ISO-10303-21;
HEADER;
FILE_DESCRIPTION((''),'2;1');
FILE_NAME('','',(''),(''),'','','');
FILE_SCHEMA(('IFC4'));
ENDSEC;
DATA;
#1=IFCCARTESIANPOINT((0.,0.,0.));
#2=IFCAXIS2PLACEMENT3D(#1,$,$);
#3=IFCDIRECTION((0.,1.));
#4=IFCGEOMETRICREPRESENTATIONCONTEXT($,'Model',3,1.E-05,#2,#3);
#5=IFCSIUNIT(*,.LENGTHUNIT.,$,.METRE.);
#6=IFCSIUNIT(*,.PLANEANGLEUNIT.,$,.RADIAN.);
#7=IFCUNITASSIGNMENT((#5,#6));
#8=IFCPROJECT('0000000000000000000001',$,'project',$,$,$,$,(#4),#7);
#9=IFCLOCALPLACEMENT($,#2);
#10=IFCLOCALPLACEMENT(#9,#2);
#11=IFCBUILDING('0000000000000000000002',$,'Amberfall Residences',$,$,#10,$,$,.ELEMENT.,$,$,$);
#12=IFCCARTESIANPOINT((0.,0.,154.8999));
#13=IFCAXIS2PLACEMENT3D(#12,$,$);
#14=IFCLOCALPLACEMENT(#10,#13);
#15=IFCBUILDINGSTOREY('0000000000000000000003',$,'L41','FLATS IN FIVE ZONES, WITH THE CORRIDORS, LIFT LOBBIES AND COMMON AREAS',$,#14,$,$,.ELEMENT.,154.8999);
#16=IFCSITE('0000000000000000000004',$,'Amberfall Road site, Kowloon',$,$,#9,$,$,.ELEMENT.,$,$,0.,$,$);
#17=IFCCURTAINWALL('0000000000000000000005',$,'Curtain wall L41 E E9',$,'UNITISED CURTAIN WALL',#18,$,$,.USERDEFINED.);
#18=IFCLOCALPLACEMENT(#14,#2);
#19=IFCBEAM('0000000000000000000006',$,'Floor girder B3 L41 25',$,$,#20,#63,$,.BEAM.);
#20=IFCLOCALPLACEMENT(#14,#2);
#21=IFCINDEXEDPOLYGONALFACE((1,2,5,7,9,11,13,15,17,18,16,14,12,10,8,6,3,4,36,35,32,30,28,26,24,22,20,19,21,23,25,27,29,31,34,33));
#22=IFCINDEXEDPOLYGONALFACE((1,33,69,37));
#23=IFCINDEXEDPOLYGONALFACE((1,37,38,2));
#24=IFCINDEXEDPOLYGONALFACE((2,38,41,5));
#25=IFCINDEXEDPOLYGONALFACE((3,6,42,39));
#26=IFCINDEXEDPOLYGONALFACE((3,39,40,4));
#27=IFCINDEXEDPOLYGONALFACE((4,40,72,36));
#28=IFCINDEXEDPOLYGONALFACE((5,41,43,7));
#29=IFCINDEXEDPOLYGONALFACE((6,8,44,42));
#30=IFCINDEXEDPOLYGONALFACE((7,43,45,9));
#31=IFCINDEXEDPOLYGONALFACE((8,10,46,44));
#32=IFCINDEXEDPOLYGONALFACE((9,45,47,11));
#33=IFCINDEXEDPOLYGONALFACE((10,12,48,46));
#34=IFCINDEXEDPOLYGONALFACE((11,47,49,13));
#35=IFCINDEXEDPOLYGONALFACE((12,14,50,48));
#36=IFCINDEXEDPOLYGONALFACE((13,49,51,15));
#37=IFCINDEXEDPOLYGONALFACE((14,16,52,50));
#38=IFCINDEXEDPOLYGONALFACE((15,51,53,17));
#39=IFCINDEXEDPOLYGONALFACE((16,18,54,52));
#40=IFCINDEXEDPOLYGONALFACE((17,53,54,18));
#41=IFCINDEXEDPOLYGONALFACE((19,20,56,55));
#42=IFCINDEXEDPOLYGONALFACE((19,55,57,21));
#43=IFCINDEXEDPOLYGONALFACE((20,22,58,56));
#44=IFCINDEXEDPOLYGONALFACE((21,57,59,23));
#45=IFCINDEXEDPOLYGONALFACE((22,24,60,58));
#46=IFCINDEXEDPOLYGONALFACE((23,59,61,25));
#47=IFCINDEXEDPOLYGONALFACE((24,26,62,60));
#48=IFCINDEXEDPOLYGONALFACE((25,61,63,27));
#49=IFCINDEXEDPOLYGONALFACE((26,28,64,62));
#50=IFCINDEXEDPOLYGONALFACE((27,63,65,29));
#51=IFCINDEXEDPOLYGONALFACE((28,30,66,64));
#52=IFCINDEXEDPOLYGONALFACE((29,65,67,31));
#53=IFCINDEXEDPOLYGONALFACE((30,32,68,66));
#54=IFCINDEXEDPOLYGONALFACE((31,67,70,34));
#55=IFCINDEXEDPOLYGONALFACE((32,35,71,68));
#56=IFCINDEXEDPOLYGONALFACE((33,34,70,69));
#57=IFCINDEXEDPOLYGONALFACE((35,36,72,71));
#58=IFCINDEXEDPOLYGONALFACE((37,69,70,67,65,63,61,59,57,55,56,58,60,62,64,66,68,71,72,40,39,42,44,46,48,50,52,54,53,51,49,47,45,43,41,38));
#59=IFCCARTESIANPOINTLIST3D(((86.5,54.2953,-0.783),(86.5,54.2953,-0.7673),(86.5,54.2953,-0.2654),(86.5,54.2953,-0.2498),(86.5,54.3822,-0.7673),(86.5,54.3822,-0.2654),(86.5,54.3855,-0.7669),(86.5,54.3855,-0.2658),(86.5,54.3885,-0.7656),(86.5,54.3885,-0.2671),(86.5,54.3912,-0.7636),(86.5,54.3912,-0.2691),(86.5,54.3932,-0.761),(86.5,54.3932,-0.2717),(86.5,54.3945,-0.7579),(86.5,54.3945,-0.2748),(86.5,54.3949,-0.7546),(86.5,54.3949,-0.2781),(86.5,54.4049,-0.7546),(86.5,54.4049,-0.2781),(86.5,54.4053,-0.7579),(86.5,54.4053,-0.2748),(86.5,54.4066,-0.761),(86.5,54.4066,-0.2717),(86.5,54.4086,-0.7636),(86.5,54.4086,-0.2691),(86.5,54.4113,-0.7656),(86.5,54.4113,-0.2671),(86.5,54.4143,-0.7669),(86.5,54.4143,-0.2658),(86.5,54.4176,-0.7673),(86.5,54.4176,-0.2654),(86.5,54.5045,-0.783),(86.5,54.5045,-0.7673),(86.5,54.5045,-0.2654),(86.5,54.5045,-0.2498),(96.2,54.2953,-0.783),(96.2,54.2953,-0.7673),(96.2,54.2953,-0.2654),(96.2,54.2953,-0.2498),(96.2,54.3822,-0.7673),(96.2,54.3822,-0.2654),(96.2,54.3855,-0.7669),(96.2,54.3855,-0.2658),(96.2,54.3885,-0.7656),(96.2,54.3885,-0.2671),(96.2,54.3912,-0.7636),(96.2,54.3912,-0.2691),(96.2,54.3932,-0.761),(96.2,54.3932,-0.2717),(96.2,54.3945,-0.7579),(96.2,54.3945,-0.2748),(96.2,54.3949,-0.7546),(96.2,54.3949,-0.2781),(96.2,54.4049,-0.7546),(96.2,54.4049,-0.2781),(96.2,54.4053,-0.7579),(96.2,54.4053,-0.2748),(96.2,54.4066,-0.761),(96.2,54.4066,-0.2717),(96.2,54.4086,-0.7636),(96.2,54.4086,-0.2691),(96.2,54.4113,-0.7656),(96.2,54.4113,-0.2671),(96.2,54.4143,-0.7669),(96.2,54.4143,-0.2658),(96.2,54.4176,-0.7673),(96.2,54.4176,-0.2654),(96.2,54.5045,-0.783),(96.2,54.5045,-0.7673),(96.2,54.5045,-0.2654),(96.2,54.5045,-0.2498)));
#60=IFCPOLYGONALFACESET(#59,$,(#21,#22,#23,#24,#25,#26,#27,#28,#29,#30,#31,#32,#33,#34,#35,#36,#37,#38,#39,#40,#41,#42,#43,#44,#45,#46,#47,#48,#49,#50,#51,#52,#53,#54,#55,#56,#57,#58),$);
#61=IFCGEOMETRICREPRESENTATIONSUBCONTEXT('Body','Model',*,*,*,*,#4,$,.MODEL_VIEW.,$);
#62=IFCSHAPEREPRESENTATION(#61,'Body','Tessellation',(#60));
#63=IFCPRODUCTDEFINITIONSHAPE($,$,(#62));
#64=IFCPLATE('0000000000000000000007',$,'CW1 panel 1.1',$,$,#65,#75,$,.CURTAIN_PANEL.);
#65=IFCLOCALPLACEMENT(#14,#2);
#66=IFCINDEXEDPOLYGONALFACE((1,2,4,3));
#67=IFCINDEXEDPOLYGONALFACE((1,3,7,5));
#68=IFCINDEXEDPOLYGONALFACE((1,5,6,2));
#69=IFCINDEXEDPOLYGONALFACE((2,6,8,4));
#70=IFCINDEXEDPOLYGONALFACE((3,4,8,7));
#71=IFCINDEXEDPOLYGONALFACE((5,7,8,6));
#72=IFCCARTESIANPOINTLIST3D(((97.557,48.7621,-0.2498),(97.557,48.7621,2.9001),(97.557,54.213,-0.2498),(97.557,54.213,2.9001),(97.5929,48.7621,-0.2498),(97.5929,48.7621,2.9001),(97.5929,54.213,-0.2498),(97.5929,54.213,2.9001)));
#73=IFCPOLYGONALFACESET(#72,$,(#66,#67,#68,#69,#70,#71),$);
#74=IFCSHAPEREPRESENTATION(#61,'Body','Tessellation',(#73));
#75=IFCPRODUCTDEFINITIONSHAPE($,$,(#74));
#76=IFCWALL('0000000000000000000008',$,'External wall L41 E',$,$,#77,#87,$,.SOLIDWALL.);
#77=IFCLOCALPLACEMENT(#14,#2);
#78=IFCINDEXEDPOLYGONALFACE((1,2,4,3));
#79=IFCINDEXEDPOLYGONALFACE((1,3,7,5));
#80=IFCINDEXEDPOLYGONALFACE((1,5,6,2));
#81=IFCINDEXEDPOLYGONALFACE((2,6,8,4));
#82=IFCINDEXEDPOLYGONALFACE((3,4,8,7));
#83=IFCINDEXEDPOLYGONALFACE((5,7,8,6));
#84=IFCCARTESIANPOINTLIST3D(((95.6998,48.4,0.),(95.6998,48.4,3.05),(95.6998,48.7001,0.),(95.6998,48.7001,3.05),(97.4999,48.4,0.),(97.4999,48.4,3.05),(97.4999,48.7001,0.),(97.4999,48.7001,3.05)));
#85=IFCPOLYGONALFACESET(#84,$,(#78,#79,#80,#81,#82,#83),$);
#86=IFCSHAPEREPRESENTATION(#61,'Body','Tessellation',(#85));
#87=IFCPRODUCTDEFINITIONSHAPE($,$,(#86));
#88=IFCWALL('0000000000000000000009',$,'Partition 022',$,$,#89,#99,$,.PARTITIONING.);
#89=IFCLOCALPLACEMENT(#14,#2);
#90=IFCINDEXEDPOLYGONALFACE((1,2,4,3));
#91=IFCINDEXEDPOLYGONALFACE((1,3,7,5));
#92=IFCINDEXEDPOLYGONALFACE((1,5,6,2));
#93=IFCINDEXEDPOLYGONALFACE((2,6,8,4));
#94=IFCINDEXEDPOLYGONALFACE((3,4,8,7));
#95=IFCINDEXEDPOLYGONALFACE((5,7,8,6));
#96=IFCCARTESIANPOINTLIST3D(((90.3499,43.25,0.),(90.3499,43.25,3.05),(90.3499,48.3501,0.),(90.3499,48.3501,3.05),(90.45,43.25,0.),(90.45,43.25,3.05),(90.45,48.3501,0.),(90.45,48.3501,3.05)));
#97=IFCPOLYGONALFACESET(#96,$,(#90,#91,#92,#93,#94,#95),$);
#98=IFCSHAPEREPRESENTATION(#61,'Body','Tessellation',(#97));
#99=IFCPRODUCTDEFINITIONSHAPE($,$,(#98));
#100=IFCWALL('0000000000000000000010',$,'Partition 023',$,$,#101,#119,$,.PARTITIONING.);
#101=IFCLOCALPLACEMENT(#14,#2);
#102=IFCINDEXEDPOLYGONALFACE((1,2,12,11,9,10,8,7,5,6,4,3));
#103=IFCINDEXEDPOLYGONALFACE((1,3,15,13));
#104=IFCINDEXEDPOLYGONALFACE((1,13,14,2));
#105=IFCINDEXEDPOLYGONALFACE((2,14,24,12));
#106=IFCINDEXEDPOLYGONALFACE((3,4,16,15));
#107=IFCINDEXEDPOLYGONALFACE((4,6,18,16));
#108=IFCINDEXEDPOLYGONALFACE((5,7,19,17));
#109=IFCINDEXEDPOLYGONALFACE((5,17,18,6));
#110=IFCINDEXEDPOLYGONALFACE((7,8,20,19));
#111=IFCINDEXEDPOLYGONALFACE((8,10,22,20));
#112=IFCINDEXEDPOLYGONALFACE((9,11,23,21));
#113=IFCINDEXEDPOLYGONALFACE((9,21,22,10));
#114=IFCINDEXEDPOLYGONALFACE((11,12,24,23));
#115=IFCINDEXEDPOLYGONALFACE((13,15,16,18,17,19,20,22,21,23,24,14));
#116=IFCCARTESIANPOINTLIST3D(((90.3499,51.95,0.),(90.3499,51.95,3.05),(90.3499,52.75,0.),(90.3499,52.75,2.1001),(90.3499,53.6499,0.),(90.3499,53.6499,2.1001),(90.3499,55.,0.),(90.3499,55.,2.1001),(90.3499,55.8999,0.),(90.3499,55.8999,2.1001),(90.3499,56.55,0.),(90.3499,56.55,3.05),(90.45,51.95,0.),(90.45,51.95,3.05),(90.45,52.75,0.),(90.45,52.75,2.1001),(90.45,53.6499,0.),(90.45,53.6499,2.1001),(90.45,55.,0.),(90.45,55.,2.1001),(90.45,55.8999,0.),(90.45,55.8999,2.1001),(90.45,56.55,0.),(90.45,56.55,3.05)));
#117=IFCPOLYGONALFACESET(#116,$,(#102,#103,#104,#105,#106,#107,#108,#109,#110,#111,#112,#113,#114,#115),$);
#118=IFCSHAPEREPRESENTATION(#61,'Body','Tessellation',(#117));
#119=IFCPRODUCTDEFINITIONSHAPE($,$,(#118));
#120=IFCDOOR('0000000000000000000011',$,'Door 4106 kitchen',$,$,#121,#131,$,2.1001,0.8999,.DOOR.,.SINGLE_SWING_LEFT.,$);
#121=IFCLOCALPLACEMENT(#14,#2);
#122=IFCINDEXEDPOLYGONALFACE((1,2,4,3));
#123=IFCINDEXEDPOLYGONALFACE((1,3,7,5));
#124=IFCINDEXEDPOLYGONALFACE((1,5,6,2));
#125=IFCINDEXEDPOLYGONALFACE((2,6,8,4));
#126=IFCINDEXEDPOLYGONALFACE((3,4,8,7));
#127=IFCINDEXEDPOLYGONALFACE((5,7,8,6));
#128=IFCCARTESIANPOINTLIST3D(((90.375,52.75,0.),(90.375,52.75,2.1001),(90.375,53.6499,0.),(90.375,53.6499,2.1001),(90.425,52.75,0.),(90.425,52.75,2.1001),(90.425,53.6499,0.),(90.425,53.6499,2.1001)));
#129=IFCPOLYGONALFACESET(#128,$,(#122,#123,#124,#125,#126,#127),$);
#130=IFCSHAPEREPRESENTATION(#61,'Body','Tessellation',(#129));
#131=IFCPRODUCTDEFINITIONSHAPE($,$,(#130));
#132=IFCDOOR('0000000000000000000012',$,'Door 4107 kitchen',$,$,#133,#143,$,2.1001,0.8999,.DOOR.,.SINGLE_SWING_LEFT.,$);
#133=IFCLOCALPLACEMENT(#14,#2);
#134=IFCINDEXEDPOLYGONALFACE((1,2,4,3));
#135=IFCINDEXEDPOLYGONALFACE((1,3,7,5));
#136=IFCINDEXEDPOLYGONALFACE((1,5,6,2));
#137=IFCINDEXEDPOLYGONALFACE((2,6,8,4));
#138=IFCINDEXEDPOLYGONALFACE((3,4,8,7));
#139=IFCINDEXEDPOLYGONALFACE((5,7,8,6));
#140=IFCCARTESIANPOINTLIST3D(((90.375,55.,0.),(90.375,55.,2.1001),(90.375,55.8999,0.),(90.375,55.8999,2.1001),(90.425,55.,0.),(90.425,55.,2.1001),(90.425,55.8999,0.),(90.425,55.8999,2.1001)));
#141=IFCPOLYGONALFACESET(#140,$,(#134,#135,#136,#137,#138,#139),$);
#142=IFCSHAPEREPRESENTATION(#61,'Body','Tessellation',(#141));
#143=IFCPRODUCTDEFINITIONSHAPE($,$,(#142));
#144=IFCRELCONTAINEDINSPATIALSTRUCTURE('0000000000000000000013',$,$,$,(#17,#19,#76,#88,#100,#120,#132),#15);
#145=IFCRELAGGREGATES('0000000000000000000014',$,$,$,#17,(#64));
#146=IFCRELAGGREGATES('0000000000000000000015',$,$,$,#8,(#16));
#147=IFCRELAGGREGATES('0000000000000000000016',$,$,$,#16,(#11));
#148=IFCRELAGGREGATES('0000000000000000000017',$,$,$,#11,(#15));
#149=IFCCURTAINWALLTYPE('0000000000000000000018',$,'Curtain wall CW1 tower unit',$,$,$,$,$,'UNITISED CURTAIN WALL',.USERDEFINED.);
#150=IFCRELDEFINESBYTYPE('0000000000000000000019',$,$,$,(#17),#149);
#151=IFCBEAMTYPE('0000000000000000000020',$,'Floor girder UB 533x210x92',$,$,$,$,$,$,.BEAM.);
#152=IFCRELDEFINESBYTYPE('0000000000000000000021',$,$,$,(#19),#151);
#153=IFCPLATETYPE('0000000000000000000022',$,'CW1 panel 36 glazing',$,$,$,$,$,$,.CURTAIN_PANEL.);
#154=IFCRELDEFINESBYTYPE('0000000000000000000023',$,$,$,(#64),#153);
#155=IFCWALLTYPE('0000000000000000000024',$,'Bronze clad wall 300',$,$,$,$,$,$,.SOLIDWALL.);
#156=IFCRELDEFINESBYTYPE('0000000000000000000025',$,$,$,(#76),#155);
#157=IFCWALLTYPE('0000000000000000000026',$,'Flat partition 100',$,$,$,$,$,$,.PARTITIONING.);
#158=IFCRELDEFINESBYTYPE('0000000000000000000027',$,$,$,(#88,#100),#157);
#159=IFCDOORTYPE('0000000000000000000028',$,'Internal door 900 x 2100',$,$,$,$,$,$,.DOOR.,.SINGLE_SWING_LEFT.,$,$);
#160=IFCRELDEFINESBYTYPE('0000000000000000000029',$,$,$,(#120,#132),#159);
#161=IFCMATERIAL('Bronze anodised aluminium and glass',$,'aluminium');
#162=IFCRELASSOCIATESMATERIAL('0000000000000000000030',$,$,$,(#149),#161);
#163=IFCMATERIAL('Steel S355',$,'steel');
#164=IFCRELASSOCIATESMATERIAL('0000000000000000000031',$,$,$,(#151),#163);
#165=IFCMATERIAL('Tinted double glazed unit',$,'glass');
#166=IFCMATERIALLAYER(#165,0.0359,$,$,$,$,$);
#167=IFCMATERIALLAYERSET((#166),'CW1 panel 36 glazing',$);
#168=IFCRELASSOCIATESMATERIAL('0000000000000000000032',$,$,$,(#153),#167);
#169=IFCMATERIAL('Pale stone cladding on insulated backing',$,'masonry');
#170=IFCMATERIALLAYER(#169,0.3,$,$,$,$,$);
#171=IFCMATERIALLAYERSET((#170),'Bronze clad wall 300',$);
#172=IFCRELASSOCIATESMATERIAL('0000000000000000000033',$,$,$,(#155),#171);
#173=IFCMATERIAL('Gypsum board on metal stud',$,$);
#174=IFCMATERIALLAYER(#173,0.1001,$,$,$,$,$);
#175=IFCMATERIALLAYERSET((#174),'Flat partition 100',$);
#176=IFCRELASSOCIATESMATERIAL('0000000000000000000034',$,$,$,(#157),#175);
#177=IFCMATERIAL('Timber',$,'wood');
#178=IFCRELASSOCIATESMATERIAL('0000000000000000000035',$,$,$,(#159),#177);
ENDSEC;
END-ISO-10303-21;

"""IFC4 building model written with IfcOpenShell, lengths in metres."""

from ifc_helpers import new_model, si_unit, direction, frame, frame_2d, origin, origin_2d, place, context, subcontext, project, spatial, rectangle, i_section, extrude, material, layer, layer_set, material_profile, profile_set, type_object, element, fill, aggregate, save


model = new_model("IFC4")

# Units and contexts
model_context = context("Model", 3, precision=1e-05, world=origin(), true_north=direction((0.0, 1.0)))
body_context = subcontext(model_context, "Body", "Model", "MODEL_VIEW")
ifc_project = project(units=[si_unit("LENGTHUNIT", "METRE"), si_unit("PLANEANGLEUNIT", "RADIAN")], contexts=[model_context])

# Site, building, storey
site_placement = place(None, origin())
site = spatial("IfcSite", under=ifc_project, at=site_placement, Name="Amberfall Road site, Kowloon", CompositionType="ELEMENT", RefElevation=0.0)
building_placement = place(site_placement, origin())
building = spatial("IfcBuilding", under=site, at=building_placement, Name="Amberfall Residences", CompositionType="ELEMENT")
storey_placement = place(building_placement, frame((0.0, 0.0, 154.8999)))
storey = spatial("IfcBuildingStorey", under=building, at=storey_placement, Name="L41", Description="FLATS IN FIVE ZONES, WITH THE CORRIDORS, LIFT LOBBIES AND COMMON AREAS", CompositionType="ELEMENT", Elevation=154.8999)

# Curtain wall
ifc_material_1 = material(Name="Bronze anodised aluminium and glass", Category="aluminium")
curtain_wall_type = type_object("IfcCurtainWallType", Name="Curtain wall CW1 tower unit", ElementType="UNITISED CURTAIN WALL", PredefinedType="USERDEFINED", material=ifc_material_1)
curtain_wall_placement = place(storey_placement, origin())
curtain_wall = element("IfcCurtainWall", 1, at=curtain_wall_placement, inside=storey, type_object=curtain_wall_type, Name="Curtain wall L41 E E9", ObjectType="UNITISED CURTAIN WALL", PredefinedType="USERDEFINED")

# Shared definitions
ifc_material_2 = material(Name="Steel S355", Category="steel")

# Beam
ifc_material_profile_1 = material_profile(ifc_material_2, i_section(OverallWidth=0.2092, OverallDepth=0.5332, WebThickness=0.01, FlangeThickness=0.0156, FilletRadius=0.0127, at=origin_2d()), Name="UB 533x210x92")
ifc_profile_set_1 = profile_set([ifc_material_profile_1], Name="Steel S355")
beam_type_1 = type_object("IfcBeamType", Name="Floor girder UB 533x210x92", PredefinedType="BEAM", material=ifc_profile_set_1)
beam_1_placement = place(storey_placement, frame((96.2, 54.3999, -0.5164), z_axis=(-1.0, 0.0, 0.0), x_axis=(0.0, -1.0, 0.0)))
element("IfcBeam", 2, at=beam_1_placement, inside=storey, type_object=beam_type_1, Name="Floor girder B3 L41 25", PredefinedType="BEAM", context=body_context, shape_type="SweptSolid", body=[
    extrude(i_section(OverallWidth=0.2092, OverallDepth=0.5332, WebThickness=0.01, FlangeThickness=0.0156, FilletRadius=0.0127, at=origin_2d()), origin(), (0.0, 0.0, 1.0), 9.7),
])

# Plate
ifc_material_3 = material(Name="Tinted double glazed unit", Category="glass")
ifc_layer_1 = layer(ifc_material_3, 0.0359)
ifc_layer_set_1 = layer_set([ifc_layer_1], Name="CW1 panel 36 glazing")
plate_type = type_object("IfcPlateType", Name="CW1 panel 36 glazing", PredefinedType="CURTAIN_PANEL", material=ifc_layer_set_1)
plate_placement = place(storey_placement, frame((97.575, 51.4875, -0.2498), z_axis=(0.0, 0.0, 1.0), x_axis=(0.0, 1.0, 0.0)))
plate = element("IfcPlate", 3, at=plate_placement, type_object=plate_type, Name="CW1 panel 1.1", PredefinedType="CURTAIN_PANEL", context=body_context, shape_type="SweptSolid", body=[
    extrude(rectangle(XDim=5.4509, YDim=0.0359, at=origin_2d()), origin(), (0.0, 0.0, 1.0), 3.1499),
])
aggregate(curtain_wall, [plate])

# Walls
ifc_material_4 = material(Name="Pale stone cladding on insulated backing", Category="masonry")
ifc_layer_2 = layer(ifc_material_4, 0.3)
ifc_layer_set_2 = layer_set([ifc_layer_2], Name="Bronze clad wall 300")
wall_type_1 = type_object("IfcWallType", Name="Bronze clad wall 300", PredefinedType="SOLIDWALL", material=ifc_layer_set_2)
wall_1_placement = place(storey_placement, frame((95.7, 48.55, 0.0), z_axis=(0.0, 0.0, 1.0), x_axis=(1.0, 0.0, 0.0)))
element("IfcWall", 4, at=wall_1_placement, inside=storey, type_object=wall_type_1, Name="External wall L41 E", PredefinedType="SOLIDWALL", context=body_context, shape_type="SweptSolid", body=[
    extrude(rectangle(XDim=1.8, YDim=0.3, at=frame_2d((0.8999, 0.0))), origin(), (0.0, 0.0, 1.0), 3.05),
])
ifc_material_5 = material(Name="Gypsum board on metal stud")
ifc_layer_3 = layer(ifc_material_5, 0.1001)
ifc_layer_set_3 = layer_set([ifc_layer_3], Name="Flat partition 100")
wall_type_2 = type_object("IfcWallType", Name="Flat partition 100", PredefinedType="PARTITIONING", material=ifc_layer_set_3)
wall_2_placement = place(storey_placement, frame((90.3999, 43.25, 0.0), z_axis=(0.0, 0.0, 1.0), x_axis=(0.0, 1.0, 0.0)))
element("IfcWall", 5, at=wall_2_placement, inside=storey, type_object=wall_type_2, Name="Partition 022", PredefinedType="PARTITIONING", context=body_context, shape_type="SweptSolid", body=[
    extrude(rectangle(XDim=5.1001, YDim=0.1001, at=frame_2d((2.55, 0.0))), origin(), (0.0, 0.0, 1.0), 3.05),
])

# Wall, openings, doors
wall_3_placement = place(storey_placement, frame((90.3999, 51.95, 0.0), z_axis=(0.0, 0.0, 1.0), x_axis=(0.0, 1.0, 0.0)))
wall_3 = element("IfcWall", 6, at=wall_3_placement, inside=storey, type_object=wall_type_2, Name="Partition 023", PredefinedType="PARTITIONING", context=body_context, shape_type="SweptSolid", body=[
    extrude(rectangle(XDim=4.6001, YDim=0.1001, at=frame_2d((2.3, 0.0))), origin(), (0.0, 0.0, 1.0), 3.05),
])
opening_1_placement = place(wall_3_placement, frame((0.8, 0.0, 0.0)))
opening_1 = element("IfcOpeningElement", 7, at=opening_1_placement, cuts=wall_3, PredefinedType="OPENING", context=body_context, shape_type="SweptSolid", body=[
    extrude(rectangle(XDim=0.8999, YDim=2.1001, at=frame_2d((0.45, 1.05))), frame((0.0, 0.0601, 0.0), z_axis=(0.0, -1.0, 0.0), x_axis=(1.0, 0.0, 0.0)), (0.0, 0.0, 1.0), 0.1201),
])
opening_2_placement = place(wall_3_placement, frame((3.05, 0.0, 0.0)))
opening_2 = element("IfcOpeningElement", 8, at=opening_2_placement, cuts=wall_3, PredefinedType="OPENING", context=body_context, shape_type="SweptSolid", body=[
    extrude(rectangle(XDim=0.8999, YDim=2.1001, at=frame_2d((0.45, 1.05))), frame((0.0, 0.0601, 0.0), z_axis=(0.0, -1.0, 0.0), x_axis=(1.0, 0.0, 0.0)), (0.0, 0.0, 1.0), 0.1201),
])
ifc_material_6 = material(Name="Timber", Category="wood")
door_type_1 = type_object("IfcDoorType", Name="Internal door 900 x 2100", OperationType="SINGLE_SWING_LEFT", PredefinedType="DOOR", material=ifc_material_6)
door_1_placement = place(opening_1_placement, origin())
door_1 = element("IfcDoor", 9, at=door_1_placement, inside=storey, type_object=door_type_1, Name="Door 4106 kitchen", OperationType="SINGLE_SWING_LEFT", OverallHeight=2.1001, OverallWidth=0.8999, PredefinedType="DOOR", context=body_context, shape_type="SweptSolid", body=[
    extrude(rectangle(XDim=0.8999, YDim=2.1001, at=frame_2d((0.45, 1.05))), frame((0.0, 0.0249, 0.0), z_axis=(0.0, -1.0, 0.0), x_axis=(1.0, 0.0, 0.0)), (0.0, 0.0, 1.0), 0.05),
])
fill(opening_1, door_1)
door_2_placement = place(opening_2_placement, origin())
door_2 = element("IfcDoor", 10, at=door_2_placement, inside=storey, type_object=door_type_1, Name="Door 4107 kitchen", OperationType="SINGLE_SWING_LEFT", OverallHeight=2.1001, OverallWidth=0.8999, PredefinedType="DOOR", context=body_context, shape_type="SweptSolid", body=[
    extrude(rectangle(XDim=0.8999, YDim=2.1001, at=frame_2d((0.45, 1.05))), frame((0.0, 0.0249, 0.0), z_axis=(0.0, -1.0, 0.0), x_axis=(1.0, 0.0, 0.0)), (0.0, 0.0, 1.0), 0.05),
])
fill(opening_2, door_2)

save(model, "model.ifc")
